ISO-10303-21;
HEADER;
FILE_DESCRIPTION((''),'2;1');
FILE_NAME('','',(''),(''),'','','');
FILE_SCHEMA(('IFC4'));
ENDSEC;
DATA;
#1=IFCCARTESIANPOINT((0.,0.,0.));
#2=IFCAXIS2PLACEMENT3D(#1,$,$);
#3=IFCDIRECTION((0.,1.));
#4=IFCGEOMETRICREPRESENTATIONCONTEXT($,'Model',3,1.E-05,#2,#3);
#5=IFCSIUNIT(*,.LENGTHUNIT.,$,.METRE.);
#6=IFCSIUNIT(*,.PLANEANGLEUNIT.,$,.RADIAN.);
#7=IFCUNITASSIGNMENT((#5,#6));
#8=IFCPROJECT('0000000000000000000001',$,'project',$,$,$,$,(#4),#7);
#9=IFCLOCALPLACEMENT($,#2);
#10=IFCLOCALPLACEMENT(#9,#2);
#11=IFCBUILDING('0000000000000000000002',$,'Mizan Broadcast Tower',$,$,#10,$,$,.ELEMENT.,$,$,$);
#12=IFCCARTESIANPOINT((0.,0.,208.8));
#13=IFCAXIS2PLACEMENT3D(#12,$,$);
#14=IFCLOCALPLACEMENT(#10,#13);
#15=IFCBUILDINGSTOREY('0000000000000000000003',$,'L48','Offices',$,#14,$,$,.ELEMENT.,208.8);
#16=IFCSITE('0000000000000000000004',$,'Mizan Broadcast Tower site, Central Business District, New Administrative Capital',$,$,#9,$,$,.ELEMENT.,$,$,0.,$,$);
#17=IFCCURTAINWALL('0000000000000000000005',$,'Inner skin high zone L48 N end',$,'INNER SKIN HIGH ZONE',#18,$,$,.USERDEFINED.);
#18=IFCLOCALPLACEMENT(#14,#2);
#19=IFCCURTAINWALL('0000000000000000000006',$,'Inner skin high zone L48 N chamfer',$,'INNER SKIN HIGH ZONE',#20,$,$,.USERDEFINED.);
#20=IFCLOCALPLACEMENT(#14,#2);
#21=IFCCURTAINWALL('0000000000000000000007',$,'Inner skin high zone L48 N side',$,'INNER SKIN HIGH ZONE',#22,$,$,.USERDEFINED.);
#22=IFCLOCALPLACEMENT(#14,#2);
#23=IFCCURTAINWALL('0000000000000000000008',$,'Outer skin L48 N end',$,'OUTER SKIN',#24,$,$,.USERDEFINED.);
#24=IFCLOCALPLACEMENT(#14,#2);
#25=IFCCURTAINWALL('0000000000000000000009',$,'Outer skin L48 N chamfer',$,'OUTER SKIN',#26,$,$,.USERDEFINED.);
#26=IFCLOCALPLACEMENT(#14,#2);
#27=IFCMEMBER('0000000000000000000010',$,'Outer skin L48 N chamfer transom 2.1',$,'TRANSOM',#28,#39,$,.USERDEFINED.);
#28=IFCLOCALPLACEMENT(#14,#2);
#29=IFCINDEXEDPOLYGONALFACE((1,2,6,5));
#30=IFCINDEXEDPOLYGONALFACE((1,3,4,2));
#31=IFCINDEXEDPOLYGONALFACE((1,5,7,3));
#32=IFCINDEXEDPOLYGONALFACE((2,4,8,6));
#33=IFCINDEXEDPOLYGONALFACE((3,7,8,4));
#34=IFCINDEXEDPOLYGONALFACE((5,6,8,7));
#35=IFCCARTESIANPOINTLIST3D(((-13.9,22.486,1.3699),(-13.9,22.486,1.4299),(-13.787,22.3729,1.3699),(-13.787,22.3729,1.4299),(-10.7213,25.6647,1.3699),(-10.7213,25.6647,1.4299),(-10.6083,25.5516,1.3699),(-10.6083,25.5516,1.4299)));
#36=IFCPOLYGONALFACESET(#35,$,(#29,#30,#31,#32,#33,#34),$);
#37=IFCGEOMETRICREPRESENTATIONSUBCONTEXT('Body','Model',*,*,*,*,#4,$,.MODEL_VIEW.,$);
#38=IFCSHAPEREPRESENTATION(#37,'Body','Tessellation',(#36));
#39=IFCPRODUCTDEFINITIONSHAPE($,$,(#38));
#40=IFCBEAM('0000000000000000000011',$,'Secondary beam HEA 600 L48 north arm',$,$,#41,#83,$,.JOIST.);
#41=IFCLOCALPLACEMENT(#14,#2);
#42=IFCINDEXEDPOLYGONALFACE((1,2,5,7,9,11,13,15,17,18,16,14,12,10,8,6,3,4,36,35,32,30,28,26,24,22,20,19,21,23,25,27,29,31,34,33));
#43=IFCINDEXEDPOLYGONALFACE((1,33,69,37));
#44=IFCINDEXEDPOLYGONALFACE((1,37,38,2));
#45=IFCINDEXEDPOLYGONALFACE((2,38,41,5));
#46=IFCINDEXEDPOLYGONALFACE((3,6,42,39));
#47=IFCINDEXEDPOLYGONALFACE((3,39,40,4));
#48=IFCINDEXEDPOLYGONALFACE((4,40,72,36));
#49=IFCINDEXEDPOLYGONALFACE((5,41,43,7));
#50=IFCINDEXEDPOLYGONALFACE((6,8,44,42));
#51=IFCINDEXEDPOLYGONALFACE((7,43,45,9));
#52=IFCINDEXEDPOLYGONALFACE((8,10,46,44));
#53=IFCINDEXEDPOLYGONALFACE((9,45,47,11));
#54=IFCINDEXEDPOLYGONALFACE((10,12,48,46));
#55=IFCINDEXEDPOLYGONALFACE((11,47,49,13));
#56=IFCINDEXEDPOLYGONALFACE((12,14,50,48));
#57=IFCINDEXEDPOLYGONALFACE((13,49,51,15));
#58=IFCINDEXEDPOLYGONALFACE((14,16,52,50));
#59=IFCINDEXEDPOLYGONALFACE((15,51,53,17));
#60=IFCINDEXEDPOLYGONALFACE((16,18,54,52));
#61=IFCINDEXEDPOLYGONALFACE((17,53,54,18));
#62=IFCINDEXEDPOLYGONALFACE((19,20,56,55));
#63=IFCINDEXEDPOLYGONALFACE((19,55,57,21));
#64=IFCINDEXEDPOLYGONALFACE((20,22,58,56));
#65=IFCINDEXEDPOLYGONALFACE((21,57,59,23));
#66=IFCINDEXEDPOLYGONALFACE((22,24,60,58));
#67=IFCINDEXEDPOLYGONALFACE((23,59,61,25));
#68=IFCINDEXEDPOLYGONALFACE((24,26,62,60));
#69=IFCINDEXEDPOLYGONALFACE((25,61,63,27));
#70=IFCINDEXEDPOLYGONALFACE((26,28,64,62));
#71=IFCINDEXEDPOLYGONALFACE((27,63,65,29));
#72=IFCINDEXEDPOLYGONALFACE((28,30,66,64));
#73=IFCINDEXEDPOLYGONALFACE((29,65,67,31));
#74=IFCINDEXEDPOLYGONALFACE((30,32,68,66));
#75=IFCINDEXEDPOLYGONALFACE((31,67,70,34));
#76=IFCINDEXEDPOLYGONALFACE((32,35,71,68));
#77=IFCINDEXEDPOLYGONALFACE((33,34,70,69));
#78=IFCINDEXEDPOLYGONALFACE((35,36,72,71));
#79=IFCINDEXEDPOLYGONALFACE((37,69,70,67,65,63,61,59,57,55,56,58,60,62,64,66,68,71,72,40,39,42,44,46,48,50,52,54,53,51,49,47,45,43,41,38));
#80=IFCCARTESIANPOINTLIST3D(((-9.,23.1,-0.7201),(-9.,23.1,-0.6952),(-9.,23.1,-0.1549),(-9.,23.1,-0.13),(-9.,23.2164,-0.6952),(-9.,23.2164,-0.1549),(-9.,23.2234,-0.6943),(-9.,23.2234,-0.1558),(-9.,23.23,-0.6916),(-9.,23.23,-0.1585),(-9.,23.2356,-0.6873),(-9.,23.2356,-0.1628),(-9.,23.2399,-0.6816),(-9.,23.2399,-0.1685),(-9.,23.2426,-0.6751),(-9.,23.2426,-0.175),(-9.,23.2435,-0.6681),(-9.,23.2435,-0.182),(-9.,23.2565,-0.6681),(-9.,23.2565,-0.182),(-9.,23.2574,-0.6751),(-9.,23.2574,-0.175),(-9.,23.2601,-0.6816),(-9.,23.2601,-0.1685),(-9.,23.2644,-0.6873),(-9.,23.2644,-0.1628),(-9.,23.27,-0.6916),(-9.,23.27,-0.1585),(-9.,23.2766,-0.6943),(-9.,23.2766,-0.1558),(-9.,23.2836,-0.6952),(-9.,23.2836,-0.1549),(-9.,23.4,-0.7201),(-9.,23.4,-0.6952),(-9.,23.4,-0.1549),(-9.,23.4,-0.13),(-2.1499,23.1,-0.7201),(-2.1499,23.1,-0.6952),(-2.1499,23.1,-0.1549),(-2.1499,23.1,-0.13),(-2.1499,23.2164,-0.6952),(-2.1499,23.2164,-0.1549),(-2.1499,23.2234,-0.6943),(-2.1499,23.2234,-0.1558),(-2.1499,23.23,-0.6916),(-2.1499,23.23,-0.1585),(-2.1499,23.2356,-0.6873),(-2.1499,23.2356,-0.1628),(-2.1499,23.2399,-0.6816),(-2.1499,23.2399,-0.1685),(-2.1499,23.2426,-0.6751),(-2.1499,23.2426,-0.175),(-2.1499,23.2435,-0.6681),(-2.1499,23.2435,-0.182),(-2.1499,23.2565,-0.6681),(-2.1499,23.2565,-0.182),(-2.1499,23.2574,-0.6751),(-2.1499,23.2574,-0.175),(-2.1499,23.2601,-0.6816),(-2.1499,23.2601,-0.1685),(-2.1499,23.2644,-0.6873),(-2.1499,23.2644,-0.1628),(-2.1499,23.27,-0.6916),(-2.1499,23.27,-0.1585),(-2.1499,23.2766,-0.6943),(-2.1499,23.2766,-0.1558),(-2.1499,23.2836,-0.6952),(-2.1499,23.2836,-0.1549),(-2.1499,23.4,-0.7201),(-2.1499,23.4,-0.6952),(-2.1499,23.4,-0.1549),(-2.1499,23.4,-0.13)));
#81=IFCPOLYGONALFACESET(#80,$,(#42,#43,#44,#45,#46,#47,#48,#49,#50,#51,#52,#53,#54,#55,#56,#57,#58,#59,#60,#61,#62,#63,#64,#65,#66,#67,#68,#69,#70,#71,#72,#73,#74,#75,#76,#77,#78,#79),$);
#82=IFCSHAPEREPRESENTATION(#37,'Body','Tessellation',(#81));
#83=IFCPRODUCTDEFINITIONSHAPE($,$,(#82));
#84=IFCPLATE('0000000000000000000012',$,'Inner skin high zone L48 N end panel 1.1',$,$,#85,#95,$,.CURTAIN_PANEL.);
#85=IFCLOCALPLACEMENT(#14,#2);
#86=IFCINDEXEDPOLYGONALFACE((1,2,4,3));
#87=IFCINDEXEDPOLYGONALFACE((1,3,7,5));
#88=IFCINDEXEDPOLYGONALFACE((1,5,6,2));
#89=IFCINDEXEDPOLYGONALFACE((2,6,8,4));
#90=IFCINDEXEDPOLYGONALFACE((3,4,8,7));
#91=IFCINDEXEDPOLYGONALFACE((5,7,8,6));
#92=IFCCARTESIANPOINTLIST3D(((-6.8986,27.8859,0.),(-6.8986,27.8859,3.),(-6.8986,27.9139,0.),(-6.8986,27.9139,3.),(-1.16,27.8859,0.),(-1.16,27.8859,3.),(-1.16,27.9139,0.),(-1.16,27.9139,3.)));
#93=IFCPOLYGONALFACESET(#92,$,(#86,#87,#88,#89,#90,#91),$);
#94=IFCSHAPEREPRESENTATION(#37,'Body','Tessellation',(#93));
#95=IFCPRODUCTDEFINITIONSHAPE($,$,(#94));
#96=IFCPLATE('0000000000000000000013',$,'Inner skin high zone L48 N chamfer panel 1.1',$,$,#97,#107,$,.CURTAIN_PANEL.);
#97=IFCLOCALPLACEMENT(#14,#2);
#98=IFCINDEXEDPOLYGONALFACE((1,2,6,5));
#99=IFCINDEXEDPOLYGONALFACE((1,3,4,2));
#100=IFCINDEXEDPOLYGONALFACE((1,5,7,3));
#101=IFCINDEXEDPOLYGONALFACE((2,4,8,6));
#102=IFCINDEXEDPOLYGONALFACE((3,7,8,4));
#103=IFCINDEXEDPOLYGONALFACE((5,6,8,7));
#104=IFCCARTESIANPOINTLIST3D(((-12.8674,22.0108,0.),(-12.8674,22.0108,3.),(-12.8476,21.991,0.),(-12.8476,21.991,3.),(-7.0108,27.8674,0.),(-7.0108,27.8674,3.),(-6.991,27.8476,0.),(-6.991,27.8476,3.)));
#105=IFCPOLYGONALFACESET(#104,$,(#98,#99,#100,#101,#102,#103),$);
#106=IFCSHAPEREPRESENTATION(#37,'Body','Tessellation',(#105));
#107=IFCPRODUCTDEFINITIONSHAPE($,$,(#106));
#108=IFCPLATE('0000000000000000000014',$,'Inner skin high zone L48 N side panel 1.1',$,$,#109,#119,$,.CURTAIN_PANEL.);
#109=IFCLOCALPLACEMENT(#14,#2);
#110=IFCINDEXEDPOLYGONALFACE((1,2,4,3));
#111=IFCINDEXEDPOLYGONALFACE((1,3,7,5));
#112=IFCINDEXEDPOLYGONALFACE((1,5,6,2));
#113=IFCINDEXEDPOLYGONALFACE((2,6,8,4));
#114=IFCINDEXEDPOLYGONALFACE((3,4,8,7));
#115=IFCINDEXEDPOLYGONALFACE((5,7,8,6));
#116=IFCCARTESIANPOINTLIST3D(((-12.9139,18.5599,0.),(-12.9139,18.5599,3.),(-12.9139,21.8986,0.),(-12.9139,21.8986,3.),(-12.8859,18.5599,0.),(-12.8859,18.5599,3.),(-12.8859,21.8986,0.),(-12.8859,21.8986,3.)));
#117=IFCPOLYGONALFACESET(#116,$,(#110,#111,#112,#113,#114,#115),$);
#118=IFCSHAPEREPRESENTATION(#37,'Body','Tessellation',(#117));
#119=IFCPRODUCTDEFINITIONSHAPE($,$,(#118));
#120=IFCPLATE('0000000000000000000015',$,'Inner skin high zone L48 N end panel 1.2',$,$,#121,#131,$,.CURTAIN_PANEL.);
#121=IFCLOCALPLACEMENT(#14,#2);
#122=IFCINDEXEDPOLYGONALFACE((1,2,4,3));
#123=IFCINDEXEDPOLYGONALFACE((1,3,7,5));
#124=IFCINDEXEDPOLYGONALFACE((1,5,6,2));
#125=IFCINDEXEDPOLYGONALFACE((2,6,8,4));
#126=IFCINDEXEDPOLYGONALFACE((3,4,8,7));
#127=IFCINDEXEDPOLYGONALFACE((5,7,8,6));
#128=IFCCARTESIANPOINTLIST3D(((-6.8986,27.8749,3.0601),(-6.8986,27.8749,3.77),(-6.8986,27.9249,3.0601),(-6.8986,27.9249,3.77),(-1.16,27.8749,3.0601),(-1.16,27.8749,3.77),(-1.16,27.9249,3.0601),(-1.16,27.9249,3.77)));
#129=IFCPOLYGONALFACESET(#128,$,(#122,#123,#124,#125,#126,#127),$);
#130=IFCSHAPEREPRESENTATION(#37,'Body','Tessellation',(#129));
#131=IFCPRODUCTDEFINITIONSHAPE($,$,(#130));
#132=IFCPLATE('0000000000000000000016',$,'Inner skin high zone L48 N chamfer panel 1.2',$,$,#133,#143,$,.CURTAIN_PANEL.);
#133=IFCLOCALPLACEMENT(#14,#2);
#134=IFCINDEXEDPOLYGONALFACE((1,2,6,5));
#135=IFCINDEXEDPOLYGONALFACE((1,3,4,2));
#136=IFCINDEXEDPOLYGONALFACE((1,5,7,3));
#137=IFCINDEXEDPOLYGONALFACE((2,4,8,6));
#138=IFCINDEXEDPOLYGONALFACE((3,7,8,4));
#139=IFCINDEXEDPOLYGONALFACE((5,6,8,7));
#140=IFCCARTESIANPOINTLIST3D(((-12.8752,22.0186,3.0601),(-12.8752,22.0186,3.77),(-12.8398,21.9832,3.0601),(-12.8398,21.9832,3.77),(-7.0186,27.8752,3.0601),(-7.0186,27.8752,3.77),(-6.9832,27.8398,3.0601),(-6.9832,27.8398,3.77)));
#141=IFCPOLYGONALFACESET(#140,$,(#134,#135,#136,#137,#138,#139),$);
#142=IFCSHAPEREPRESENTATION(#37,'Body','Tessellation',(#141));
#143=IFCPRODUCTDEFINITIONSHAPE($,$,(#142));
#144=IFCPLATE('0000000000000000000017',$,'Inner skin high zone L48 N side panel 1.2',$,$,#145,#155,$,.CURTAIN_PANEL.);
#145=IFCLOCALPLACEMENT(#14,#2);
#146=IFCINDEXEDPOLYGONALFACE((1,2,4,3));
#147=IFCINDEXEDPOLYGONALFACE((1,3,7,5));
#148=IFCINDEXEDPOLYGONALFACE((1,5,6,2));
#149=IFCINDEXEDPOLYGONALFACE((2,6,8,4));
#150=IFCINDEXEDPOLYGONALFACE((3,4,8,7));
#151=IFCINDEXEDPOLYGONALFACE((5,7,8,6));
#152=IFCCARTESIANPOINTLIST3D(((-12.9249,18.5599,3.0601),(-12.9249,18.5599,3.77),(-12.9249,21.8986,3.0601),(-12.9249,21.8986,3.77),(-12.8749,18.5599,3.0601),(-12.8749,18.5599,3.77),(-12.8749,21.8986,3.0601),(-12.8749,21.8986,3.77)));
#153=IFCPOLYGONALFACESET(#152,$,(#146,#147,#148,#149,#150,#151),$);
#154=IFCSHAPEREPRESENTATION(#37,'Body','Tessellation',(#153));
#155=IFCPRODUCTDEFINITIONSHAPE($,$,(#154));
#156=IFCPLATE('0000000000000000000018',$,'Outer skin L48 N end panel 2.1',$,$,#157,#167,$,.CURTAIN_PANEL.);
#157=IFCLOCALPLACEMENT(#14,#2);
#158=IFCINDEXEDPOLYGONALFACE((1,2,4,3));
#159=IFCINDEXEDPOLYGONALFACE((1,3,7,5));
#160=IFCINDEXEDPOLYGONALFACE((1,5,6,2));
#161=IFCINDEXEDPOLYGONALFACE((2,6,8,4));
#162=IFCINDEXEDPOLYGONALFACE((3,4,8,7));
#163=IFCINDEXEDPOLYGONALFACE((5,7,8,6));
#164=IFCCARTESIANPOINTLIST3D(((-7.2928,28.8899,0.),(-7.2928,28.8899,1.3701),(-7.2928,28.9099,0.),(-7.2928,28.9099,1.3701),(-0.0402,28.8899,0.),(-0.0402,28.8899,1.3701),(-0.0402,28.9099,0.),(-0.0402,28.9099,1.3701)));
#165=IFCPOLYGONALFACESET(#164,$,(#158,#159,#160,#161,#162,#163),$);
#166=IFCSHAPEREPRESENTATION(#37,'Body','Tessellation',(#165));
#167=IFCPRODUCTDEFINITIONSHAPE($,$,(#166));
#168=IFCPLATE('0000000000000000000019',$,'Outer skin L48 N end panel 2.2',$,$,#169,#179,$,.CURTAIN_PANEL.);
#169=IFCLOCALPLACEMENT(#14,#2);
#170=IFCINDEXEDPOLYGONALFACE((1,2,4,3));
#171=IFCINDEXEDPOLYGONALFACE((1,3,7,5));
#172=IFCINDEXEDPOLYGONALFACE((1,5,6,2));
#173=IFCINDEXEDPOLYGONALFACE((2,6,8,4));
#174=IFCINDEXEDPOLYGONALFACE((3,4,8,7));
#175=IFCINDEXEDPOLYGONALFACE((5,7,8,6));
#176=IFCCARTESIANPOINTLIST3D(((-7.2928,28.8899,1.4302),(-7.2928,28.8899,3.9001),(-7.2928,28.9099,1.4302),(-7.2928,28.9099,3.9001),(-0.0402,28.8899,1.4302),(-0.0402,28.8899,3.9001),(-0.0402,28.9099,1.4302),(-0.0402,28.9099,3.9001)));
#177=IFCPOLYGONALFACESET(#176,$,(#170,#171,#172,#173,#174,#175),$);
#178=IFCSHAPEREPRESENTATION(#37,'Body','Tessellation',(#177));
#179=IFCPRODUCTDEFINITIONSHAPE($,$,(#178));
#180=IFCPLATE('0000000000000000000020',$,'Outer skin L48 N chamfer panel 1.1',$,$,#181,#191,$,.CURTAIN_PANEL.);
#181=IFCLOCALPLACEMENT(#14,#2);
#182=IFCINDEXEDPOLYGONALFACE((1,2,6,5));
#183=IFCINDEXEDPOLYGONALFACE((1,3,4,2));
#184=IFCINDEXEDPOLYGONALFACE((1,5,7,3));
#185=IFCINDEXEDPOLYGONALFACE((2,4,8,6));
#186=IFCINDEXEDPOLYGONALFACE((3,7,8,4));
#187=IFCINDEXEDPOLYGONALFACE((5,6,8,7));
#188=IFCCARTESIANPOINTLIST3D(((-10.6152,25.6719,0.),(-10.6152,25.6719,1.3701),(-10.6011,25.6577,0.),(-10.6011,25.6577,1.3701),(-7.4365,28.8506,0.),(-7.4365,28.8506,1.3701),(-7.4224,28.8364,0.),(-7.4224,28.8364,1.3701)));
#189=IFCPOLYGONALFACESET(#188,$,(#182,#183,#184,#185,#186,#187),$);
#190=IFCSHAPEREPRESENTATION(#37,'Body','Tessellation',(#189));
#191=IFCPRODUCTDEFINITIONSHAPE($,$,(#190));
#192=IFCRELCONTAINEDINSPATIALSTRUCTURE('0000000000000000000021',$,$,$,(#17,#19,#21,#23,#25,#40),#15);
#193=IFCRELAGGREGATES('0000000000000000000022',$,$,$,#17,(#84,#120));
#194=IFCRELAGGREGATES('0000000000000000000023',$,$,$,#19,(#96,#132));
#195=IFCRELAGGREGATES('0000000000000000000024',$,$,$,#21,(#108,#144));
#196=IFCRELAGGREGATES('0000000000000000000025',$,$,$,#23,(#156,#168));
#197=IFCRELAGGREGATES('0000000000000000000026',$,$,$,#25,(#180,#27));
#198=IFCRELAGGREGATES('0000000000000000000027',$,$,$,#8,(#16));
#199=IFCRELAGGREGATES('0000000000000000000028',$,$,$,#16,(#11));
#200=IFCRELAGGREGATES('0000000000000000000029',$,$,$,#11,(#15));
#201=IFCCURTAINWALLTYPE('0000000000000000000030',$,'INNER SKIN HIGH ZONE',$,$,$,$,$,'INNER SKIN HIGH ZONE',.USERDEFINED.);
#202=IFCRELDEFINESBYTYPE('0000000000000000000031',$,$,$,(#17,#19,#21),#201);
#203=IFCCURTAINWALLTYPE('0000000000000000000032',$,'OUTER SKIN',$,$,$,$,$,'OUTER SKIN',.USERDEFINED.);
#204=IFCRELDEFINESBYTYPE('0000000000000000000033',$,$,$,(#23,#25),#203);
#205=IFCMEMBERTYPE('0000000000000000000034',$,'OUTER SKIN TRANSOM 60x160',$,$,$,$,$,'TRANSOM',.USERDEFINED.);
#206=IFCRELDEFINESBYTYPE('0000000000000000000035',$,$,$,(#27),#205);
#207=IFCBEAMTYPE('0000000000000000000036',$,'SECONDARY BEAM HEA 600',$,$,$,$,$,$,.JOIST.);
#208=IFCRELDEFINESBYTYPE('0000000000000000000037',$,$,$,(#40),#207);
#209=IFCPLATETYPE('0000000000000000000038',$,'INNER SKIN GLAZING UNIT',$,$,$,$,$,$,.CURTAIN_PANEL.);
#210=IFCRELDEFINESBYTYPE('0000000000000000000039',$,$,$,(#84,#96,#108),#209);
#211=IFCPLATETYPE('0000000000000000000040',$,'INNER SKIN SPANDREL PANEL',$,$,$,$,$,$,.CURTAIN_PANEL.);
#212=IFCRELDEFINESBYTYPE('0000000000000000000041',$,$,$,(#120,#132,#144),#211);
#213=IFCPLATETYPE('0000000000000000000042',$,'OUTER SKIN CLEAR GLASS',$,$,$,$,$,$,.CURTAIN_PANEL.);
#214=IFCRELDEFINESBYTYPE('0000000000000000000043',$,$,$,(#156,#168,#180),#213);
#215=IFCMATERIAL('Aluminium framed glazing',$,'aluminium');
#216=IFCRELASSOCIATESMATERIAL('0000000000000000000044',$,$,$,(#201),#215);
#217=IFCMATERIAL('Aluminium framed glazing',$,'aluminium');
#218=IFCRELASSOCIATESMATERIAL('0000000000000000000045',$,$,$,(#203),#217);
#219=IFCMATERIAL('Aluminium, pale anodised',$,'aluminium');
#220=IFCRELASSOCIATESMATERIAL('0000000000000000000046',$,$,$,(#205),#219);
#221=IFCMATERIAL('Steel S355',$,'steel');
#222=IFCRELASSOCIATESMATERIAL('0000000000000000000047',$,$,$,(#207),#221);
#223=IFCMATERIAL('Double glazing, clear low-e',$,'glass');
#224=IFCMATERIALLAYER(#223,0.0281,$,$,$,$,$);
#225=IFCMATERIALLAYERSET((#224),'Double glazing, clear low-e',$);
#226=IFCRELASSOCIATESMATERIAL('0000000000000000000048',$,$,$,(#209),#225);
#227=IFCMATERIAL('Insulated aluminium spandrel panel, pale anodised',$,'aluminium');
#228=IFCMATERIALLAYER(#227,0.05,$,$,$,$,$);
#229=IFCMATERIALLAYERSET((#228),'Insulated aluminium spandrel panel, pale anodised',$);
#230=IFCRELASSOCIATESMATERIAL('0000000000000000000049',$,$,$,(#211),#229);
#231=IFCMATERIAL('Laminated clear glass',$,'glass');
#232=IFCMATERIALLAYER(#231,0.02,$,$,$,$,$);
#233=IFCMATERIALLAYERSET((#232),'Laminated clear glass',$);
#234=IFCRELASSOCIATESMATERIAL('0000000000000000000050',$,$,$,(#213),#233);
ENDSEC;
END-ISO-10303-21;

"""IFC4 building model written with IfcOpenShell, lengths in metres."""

from ifc_helpers import new_model, si_unit, direction, frame, origin, origin_2d, place, context, subcontext, project, spatial, rectangle, i_section, extrude, material, layer, layer_set, material_profile, profile_set, type_object, element, aggregate, save


model = new_model("IFC4")

# Units and contexts
model_context = context("Model", 3, precision=1e-05, world=origin(), true_north=direction((0.0, 1.0)))
body_context = subcontext(model_context, "Body", "Model", "MODEL_VIEW")
ifc_project = project(units=[si_unit("LENGTHUNIT", "METRE"), si_unit("PLANEANGLEUNIT", "RADIAN")], contexts=[model_context])

# Site, building, storey
site_placement = place(None, origin())
site = spatial("IfcSite", under=ifc_project, at=site_placement, Name="Mizan Broadcast Tower site, Central Business District, New Administrative Capital", CompositionType="ELEMENT", RefElevation=0.0)
building_placement = place(site_placement, origin())
building = spatial("IfcBuilding", under=site, at=building_placement, Name="Mizan Broadcast Tower", CompositionType="ELEMENT")
storey_placement = place(building_placement, frame((0.0, 0.0, 208.8)))
storey = spatial("IfcBuildingStorey", under=building, at=storey_placement, Name="L48", Description="Offices", CompositionType="ELEMENT", Elevation=208.8)

# Curtain wall
ifc_material_1 = material(Name="Aluminium framed glazing", Category="aluminium")
curtain_wall_type_1 = type_object("IfcCurtainWallType", Name="INNER SKIN HIGH ZONE", ElementType="INNER SKIN HIGH ZONE", PredefinedType="USERDEFINED", material=ifc_material_1)
curtain_wall_1_placement = place(storey_placement, origin())
curtain_wall_1 = element("IfcCurtainWall", 1, at=curtain_wall_1_placement, inside=storey, type_object=curtain_wall_type_1, Name="Inner skin high zone L48 N end", ObjectType="INNER SKIN HIGH ZONE", PredefinedType="USERDEFINED")

# Curtain wall
curtain_wall_2_placement = place(storey_placement, origin())
curtain_wall_2 = element("IfcCurtainWall", 2, at=curtain_wall_2_placement, inside=storey, type_object=curtain_wall_type_1, Name="Inner skin high zone L48 N chamfer", ObjectType="INNER SKIN HIGH ZONE", PredefinedType="USERDEFINED")

# Curtain walls
curtain_wall_3_placement = place(storey_placement, origin())
curtain_wall_3 = element("IfcCurtainWall", 3, at=curtain_wall_3_placement, inside=storey, type_object=curtain_wall_type_1, Name="Inner skin high zone L48 N side", ObjectType="INNER SKIN HIGH ZONE", PredefinedType="USERDEFINED")
ifc_material_2 = material(Name="Aluminium framed glazing", Category="aluminium")
curtain_wall_type_2 = type_object("IfcCurtainWallType", Name="OUTER SKIN", ElementType="OUTER SKIN", PredefinedType="USERDEFINED", material=ifc_material_2)
curtain_wall_4_placement = place(storey_placement, origin())
curtain_wall_4 = element("IfcCurtainWall", 4, at=curtain_wall_4_placement, inside=storey, type_object=curtain_wall_type_2, Name="Outer skin L48 N end", ObjectType="OUTER SKIN", PredefinedType="USERDEFINED")
curtain_wall_5_placement = place(storey_placement, origin())
curtain_wall_5 = element("IfcCurtainWall", 5, at=curtain_wall_5_placement, inside=storey, type_object=curtain_wall_type_2, Name="Outer skin L48 N chamfer", ObjectType="OUTER SKIN", PredefinedType="USERDEFINED")

# Member
ifc_material_3 = material(Name="Aluminium, pale anodised", Category="aluminium")
ifc_material_profile_1 = material_profile(ifc_material_3, rectangle(XDim=0.1599, YDim=0.0601, at=origin_2d()), Name="TRANSOM 160x60")
ifc_profile_set_1 = profile_set([ifc_material_profile_1], Name="Aluminium, pale anodised")
member_type_1 = type_object("IfcMemberType", Name="OUTER SKIN TRANSOM 60x160", ElementType="TRANSOM", PredefinedType="USERDEFINED", material=ifc_profile_set_1)
member_1_placement = place(storey_placement, frame((-10.6648, 25.6082, 1.3999), z_axis=(-0.707107, -0.707107, 0.0), x_axis=(0.707107, -0.707107, 0.0)))
member_1 = element("IfcMember", 6, at=member_1_placement, type_object=member_type_1, Name="Outer skin L48 N chamfer transom 2.1", ObjectType="TRANSOM", PredefinedType="USERDEFINED", context=body_context, shape_type="SweptSolid", body=[
    extrude(rectangle(XDim=0.1599, YDim=0.0601, at=origin_2d()), origin(), (0.0, 0.0, 1.0), 4.4954),
])

# Beam
ifc_material_4 = material(Name="Steel S355", Category="steel")
ifc_material_profile_2 = material_profile(ifc_material_4, i_section(OverallWidth=0.3, OverallDepth=0.5901, WebThickness=0.0129, FlangeThickness=0.0249, FilletRadius=0.0271, at=origin_2d()), Name="HEA 600")
ifc_profile_set_2 = profile_set([ifc_material_profile_2], Name="Steel S355")
beam_type_1 = type_object("IfcBeamType", Name="SECONDARY BEAM HEA 600", PredefinedType="JOIST", material=ifc_profile_set_2)
beam_1_placement = place(storey_placement, frame((-9.0, 23.25, -0.425), z_axis=(1.0, 0.0, 0.0), x_axis=(0.0, 1.0, 0.0)))
element("IfcBeam", 7, at=beam_1_placement, inside=storey, type_object=beam_type_1, Name="Secondary beam HEA 600 L48 north arm", PredefinedType="JOIST", context=body_context, shape_type="SweptSolid", body=[
    extrude(i_section(OverallWidth=0.3, OverallDepth=0.5901, WebThickness=0.0129, FlangeThickness=0.0249, FilletRadius=0.0271, at=origin_2d()), origin(), (0.0, 0.0, 1.0), 6.8501),
])

# Plates
ifc_material_5 = material(Name="Double glazing, clear low-e", Category="glass")
ifc_layer_1 = layer(ifc_material_5, 0.0281)
ifc_layer_set_1 = layer_set([ifc_layer_1], Name="Double glazing, clear low-e")
plate_type_1 = type_object("IfcPlateType", Name="INNER SKIN GLAZING UNIT", PredefinedType="CURTAIN_PANEL", material=ifc_layer_set_1)
plate_1_placement = place(storey_placement, frame((-4.0293, 27.8999, 0.0), z_axis=(0.0, 0.0, 1.0), x_axis=(-1.0, 0.0, 0.0)))
plate_1 = element("IfcPlate", 8, at=plate_1_placement, type_object=plate_type_1, Name="Inner skin high zone L48 N end panel 1.1", PredefinedType="CURTAIN_PANEL", context=body_context, shape_type="SweptSolid", body=[
    extrude(rectangle(XDim=5.7385, YDim=0.0281, at=origin_2d()), origin(), (0.0, 0.0, 1.0), 3.0),
])
plate_2_placement = place(storey_placement, frame((-9.9292, 24.9292, 0.0), z_axis=(0.0, 0.0, 1.0), x_axis=(-0.707107, -0.707107, 0.0)))
plate_2 = element("IfcPlate", 9, at=plate_2_placement, type_object=plate_type_1, Name="Inner skin high zone L48 N chamfer panel 1.1", PredefinedType="CURTAIN_PANEL", context=body_context, shape_type="SweptSolid", body=[
    extrude(rectangle(XDim=8.2825, YDim=0.0281, at=origin_2d()), origin(), (0.0, 0.0, 1.0), 3.0),
])
plate_3_placement = place(storey_placement, frame((-12.8999, 20.2292, 0.0), z_axis=(0.0, 0.0, 1.0), x_axis=(0.0, -1.0, 0.0)))
plate_3 = element("IfcPlate", 10, at=plate_3_placement, type_object=plate_type_1, Name="Inner skin high zone L48 N side panel 1.1", PredefinedType="CURTAIN_PANEL", context=body_context, shape_type="SweptSolid", body=[
    extrude(rectangle(XDim=3.3386, YDim=0.0281, at=origin_2d()), origin(), (0.0, 0.0, 1.0), 3.0),
])
ifc_material_6 = material(Name="Insulated aluminium spandrel panel, pale anodised", Category="aluminium")
ifc_layer_2 = layer(ifc_material_6, 0.05)
ifc_layer_set_2 = layer_set([ifc_layer_2], Name="Insulated aluminium spandrel panel, pale anodised")
plate_type_2 = type_object("IfcPlateType", Name="INNER SKIN SPANDREL PANEL", PredefinedType="CURTAIN_PANEL", material=ifc_layer_set_2)
plate_4_placement = place(storey_placement, frame((-4.0293, 27.8999, 3.0601), z_axis=(0.0, 0.0, 1.0), x_axis=(-1.0, 0.0, 0.0)))
plate_4 = element("IfcPlate", 11, at=plate_4_placement, type_object=plate_type_2, Name="Inner skin high zone L48 N end panel 1.2", PredefinedType="CURTAIN_PANEL", context=body_context, shape_type="SweptSolid", body=[
    extrude(rectangle(XDim=5.7385, YDim=0.05, at=origin_2d()), origin(), (0.0, 0.0, 1.0), 0.71),
])
aggregate(curtain_wall_1, [plate_1, plate_4])
plate_5_placement = place(storey_placement, frame((-9.9292, 24.9292, 3.0601), z_axis=(0.0, 0.0, 1.0), x_axis=(-0.707107, -0.707107, 0.0)))
plate_5 = element("IfcPlate", 12, at=plate_5_placement, type_object=plate_type_2, Name="Inner skin high zone L48 N chamfer panel 1.2", PredefinedType="CURTAIN_PANEL", context=body_context, shape_type="SweptSolid", body=[
    extrude(rectangle(XDim=8.2825, YDim=0.05, at=origin_2d()), origin(), (0.0, 0.0, 1.0), 0.71),
])
aggregate(curtain_wall_2, [plate_2, plate_5])
plate_6_placement = place(storey_placement, frame((-12.8999, 20.2292, 3.0601), z_axis=(0.0, 0.0, 1.0), x_axis=(0.0, -1.0, 0.0)))
plate_6 = element("IfcPlate", 13, at=plate_6_placement, type_object=plate_type_2, Name="Inner skin high zone L48 N side panel 1.2", PredefinedType="CURTAIN_PANEL", context=body_context, shape_type="SweptSolid", body=[
    extrude(rectangle(XDim=3.3386, YDim=0.05, at=origin_2d()), origin(), (0.0, 0.0, 1.0), 0.71),
])
aggregate(curtain_wall_3, [plate_3, plate_6])
ifc_material_7 = material(Name="Laminated clear glass", Category="glass")
ifc_layer_3 = layer(ifc_material_7, 0.02)
ifc_layer_set_3 = layer_set([ifc_layer_3], Name="Laminated clear glass")
plate_type_3 = type_object("IfcPlateType", Name="OUTER SKIN CLEAR GLASS", PredefinedType="CURTAIN_PANEL", material=ifc_layer_set_3)
plate_7_placement = place(storey_placement, frame((-3.6665, 28.8999, 0.0), z_axis=(0.0, 0.0, 1.0), x_axis=(-1.0, 0.0, 0.0)))
plate_7 = element("IfcPlate", 14, at=plate_7_placement, type_object=plate_type_3, Name="Outer skin L48 N end panel 2.1", PredefinedType="CURTAIN_PANEL", context=body_context, shape_type="SweptSolid", body=[
    extrude(rectangle(XDim=7.2527, YDim=0.02, at=origin_2d()), origin(), (0.0, 0.0, 1.0), 1.3701),
])
plate_8_placement = place(storey_placement, frame((-3.6665, 28.8999, 1.4302), z_axis=(0.0, 0.0, 1.0), x_axis=(-1.0, 0.0, 0.0)))
plate_8 = element("IfcPlate", 15, at=plate_8_placement, type_object=plate_type_3, Name="Outer skin L48 N end panel 2.2", PredefinedType="CURTAIN_PANEL", context=body_context, shape_type="SweptSolid", body=[
    extrude(rectangle(XDim=7.2527, YDim=0.02, at=origin_2d()), origin(), (0.0, 0.0, 1.0), 2.47),
])
aggregate(curtain_wall_4, [plate_7, plate_8])
plate_9_placement = place(storey_placement, frame((-9.0188, 27.2542, 0.0), z_axis=(0.0, 0.0, 1.0), x_axis=(-0.707107, -0.707107, 0.0)))
plate_9 = element("IfcPlate", 16, at=plate_9_placement, type_object=plate_type_3, Name="Outer skin L48 N chamfer panel 1.1", PredefinedType="CURTAIN_PANEL", context=body_context, shape_type="SweptSolid", body=[
    extrude(rectangle(XDim=4.4954, YDim=0.02, at=origin_2d()), origin(), (0.0, 0.0, 1.0), 1.3701),
])
aggregate(curtain_wall_5, [plate_9, member_1])

save(model, "model.ifc")
